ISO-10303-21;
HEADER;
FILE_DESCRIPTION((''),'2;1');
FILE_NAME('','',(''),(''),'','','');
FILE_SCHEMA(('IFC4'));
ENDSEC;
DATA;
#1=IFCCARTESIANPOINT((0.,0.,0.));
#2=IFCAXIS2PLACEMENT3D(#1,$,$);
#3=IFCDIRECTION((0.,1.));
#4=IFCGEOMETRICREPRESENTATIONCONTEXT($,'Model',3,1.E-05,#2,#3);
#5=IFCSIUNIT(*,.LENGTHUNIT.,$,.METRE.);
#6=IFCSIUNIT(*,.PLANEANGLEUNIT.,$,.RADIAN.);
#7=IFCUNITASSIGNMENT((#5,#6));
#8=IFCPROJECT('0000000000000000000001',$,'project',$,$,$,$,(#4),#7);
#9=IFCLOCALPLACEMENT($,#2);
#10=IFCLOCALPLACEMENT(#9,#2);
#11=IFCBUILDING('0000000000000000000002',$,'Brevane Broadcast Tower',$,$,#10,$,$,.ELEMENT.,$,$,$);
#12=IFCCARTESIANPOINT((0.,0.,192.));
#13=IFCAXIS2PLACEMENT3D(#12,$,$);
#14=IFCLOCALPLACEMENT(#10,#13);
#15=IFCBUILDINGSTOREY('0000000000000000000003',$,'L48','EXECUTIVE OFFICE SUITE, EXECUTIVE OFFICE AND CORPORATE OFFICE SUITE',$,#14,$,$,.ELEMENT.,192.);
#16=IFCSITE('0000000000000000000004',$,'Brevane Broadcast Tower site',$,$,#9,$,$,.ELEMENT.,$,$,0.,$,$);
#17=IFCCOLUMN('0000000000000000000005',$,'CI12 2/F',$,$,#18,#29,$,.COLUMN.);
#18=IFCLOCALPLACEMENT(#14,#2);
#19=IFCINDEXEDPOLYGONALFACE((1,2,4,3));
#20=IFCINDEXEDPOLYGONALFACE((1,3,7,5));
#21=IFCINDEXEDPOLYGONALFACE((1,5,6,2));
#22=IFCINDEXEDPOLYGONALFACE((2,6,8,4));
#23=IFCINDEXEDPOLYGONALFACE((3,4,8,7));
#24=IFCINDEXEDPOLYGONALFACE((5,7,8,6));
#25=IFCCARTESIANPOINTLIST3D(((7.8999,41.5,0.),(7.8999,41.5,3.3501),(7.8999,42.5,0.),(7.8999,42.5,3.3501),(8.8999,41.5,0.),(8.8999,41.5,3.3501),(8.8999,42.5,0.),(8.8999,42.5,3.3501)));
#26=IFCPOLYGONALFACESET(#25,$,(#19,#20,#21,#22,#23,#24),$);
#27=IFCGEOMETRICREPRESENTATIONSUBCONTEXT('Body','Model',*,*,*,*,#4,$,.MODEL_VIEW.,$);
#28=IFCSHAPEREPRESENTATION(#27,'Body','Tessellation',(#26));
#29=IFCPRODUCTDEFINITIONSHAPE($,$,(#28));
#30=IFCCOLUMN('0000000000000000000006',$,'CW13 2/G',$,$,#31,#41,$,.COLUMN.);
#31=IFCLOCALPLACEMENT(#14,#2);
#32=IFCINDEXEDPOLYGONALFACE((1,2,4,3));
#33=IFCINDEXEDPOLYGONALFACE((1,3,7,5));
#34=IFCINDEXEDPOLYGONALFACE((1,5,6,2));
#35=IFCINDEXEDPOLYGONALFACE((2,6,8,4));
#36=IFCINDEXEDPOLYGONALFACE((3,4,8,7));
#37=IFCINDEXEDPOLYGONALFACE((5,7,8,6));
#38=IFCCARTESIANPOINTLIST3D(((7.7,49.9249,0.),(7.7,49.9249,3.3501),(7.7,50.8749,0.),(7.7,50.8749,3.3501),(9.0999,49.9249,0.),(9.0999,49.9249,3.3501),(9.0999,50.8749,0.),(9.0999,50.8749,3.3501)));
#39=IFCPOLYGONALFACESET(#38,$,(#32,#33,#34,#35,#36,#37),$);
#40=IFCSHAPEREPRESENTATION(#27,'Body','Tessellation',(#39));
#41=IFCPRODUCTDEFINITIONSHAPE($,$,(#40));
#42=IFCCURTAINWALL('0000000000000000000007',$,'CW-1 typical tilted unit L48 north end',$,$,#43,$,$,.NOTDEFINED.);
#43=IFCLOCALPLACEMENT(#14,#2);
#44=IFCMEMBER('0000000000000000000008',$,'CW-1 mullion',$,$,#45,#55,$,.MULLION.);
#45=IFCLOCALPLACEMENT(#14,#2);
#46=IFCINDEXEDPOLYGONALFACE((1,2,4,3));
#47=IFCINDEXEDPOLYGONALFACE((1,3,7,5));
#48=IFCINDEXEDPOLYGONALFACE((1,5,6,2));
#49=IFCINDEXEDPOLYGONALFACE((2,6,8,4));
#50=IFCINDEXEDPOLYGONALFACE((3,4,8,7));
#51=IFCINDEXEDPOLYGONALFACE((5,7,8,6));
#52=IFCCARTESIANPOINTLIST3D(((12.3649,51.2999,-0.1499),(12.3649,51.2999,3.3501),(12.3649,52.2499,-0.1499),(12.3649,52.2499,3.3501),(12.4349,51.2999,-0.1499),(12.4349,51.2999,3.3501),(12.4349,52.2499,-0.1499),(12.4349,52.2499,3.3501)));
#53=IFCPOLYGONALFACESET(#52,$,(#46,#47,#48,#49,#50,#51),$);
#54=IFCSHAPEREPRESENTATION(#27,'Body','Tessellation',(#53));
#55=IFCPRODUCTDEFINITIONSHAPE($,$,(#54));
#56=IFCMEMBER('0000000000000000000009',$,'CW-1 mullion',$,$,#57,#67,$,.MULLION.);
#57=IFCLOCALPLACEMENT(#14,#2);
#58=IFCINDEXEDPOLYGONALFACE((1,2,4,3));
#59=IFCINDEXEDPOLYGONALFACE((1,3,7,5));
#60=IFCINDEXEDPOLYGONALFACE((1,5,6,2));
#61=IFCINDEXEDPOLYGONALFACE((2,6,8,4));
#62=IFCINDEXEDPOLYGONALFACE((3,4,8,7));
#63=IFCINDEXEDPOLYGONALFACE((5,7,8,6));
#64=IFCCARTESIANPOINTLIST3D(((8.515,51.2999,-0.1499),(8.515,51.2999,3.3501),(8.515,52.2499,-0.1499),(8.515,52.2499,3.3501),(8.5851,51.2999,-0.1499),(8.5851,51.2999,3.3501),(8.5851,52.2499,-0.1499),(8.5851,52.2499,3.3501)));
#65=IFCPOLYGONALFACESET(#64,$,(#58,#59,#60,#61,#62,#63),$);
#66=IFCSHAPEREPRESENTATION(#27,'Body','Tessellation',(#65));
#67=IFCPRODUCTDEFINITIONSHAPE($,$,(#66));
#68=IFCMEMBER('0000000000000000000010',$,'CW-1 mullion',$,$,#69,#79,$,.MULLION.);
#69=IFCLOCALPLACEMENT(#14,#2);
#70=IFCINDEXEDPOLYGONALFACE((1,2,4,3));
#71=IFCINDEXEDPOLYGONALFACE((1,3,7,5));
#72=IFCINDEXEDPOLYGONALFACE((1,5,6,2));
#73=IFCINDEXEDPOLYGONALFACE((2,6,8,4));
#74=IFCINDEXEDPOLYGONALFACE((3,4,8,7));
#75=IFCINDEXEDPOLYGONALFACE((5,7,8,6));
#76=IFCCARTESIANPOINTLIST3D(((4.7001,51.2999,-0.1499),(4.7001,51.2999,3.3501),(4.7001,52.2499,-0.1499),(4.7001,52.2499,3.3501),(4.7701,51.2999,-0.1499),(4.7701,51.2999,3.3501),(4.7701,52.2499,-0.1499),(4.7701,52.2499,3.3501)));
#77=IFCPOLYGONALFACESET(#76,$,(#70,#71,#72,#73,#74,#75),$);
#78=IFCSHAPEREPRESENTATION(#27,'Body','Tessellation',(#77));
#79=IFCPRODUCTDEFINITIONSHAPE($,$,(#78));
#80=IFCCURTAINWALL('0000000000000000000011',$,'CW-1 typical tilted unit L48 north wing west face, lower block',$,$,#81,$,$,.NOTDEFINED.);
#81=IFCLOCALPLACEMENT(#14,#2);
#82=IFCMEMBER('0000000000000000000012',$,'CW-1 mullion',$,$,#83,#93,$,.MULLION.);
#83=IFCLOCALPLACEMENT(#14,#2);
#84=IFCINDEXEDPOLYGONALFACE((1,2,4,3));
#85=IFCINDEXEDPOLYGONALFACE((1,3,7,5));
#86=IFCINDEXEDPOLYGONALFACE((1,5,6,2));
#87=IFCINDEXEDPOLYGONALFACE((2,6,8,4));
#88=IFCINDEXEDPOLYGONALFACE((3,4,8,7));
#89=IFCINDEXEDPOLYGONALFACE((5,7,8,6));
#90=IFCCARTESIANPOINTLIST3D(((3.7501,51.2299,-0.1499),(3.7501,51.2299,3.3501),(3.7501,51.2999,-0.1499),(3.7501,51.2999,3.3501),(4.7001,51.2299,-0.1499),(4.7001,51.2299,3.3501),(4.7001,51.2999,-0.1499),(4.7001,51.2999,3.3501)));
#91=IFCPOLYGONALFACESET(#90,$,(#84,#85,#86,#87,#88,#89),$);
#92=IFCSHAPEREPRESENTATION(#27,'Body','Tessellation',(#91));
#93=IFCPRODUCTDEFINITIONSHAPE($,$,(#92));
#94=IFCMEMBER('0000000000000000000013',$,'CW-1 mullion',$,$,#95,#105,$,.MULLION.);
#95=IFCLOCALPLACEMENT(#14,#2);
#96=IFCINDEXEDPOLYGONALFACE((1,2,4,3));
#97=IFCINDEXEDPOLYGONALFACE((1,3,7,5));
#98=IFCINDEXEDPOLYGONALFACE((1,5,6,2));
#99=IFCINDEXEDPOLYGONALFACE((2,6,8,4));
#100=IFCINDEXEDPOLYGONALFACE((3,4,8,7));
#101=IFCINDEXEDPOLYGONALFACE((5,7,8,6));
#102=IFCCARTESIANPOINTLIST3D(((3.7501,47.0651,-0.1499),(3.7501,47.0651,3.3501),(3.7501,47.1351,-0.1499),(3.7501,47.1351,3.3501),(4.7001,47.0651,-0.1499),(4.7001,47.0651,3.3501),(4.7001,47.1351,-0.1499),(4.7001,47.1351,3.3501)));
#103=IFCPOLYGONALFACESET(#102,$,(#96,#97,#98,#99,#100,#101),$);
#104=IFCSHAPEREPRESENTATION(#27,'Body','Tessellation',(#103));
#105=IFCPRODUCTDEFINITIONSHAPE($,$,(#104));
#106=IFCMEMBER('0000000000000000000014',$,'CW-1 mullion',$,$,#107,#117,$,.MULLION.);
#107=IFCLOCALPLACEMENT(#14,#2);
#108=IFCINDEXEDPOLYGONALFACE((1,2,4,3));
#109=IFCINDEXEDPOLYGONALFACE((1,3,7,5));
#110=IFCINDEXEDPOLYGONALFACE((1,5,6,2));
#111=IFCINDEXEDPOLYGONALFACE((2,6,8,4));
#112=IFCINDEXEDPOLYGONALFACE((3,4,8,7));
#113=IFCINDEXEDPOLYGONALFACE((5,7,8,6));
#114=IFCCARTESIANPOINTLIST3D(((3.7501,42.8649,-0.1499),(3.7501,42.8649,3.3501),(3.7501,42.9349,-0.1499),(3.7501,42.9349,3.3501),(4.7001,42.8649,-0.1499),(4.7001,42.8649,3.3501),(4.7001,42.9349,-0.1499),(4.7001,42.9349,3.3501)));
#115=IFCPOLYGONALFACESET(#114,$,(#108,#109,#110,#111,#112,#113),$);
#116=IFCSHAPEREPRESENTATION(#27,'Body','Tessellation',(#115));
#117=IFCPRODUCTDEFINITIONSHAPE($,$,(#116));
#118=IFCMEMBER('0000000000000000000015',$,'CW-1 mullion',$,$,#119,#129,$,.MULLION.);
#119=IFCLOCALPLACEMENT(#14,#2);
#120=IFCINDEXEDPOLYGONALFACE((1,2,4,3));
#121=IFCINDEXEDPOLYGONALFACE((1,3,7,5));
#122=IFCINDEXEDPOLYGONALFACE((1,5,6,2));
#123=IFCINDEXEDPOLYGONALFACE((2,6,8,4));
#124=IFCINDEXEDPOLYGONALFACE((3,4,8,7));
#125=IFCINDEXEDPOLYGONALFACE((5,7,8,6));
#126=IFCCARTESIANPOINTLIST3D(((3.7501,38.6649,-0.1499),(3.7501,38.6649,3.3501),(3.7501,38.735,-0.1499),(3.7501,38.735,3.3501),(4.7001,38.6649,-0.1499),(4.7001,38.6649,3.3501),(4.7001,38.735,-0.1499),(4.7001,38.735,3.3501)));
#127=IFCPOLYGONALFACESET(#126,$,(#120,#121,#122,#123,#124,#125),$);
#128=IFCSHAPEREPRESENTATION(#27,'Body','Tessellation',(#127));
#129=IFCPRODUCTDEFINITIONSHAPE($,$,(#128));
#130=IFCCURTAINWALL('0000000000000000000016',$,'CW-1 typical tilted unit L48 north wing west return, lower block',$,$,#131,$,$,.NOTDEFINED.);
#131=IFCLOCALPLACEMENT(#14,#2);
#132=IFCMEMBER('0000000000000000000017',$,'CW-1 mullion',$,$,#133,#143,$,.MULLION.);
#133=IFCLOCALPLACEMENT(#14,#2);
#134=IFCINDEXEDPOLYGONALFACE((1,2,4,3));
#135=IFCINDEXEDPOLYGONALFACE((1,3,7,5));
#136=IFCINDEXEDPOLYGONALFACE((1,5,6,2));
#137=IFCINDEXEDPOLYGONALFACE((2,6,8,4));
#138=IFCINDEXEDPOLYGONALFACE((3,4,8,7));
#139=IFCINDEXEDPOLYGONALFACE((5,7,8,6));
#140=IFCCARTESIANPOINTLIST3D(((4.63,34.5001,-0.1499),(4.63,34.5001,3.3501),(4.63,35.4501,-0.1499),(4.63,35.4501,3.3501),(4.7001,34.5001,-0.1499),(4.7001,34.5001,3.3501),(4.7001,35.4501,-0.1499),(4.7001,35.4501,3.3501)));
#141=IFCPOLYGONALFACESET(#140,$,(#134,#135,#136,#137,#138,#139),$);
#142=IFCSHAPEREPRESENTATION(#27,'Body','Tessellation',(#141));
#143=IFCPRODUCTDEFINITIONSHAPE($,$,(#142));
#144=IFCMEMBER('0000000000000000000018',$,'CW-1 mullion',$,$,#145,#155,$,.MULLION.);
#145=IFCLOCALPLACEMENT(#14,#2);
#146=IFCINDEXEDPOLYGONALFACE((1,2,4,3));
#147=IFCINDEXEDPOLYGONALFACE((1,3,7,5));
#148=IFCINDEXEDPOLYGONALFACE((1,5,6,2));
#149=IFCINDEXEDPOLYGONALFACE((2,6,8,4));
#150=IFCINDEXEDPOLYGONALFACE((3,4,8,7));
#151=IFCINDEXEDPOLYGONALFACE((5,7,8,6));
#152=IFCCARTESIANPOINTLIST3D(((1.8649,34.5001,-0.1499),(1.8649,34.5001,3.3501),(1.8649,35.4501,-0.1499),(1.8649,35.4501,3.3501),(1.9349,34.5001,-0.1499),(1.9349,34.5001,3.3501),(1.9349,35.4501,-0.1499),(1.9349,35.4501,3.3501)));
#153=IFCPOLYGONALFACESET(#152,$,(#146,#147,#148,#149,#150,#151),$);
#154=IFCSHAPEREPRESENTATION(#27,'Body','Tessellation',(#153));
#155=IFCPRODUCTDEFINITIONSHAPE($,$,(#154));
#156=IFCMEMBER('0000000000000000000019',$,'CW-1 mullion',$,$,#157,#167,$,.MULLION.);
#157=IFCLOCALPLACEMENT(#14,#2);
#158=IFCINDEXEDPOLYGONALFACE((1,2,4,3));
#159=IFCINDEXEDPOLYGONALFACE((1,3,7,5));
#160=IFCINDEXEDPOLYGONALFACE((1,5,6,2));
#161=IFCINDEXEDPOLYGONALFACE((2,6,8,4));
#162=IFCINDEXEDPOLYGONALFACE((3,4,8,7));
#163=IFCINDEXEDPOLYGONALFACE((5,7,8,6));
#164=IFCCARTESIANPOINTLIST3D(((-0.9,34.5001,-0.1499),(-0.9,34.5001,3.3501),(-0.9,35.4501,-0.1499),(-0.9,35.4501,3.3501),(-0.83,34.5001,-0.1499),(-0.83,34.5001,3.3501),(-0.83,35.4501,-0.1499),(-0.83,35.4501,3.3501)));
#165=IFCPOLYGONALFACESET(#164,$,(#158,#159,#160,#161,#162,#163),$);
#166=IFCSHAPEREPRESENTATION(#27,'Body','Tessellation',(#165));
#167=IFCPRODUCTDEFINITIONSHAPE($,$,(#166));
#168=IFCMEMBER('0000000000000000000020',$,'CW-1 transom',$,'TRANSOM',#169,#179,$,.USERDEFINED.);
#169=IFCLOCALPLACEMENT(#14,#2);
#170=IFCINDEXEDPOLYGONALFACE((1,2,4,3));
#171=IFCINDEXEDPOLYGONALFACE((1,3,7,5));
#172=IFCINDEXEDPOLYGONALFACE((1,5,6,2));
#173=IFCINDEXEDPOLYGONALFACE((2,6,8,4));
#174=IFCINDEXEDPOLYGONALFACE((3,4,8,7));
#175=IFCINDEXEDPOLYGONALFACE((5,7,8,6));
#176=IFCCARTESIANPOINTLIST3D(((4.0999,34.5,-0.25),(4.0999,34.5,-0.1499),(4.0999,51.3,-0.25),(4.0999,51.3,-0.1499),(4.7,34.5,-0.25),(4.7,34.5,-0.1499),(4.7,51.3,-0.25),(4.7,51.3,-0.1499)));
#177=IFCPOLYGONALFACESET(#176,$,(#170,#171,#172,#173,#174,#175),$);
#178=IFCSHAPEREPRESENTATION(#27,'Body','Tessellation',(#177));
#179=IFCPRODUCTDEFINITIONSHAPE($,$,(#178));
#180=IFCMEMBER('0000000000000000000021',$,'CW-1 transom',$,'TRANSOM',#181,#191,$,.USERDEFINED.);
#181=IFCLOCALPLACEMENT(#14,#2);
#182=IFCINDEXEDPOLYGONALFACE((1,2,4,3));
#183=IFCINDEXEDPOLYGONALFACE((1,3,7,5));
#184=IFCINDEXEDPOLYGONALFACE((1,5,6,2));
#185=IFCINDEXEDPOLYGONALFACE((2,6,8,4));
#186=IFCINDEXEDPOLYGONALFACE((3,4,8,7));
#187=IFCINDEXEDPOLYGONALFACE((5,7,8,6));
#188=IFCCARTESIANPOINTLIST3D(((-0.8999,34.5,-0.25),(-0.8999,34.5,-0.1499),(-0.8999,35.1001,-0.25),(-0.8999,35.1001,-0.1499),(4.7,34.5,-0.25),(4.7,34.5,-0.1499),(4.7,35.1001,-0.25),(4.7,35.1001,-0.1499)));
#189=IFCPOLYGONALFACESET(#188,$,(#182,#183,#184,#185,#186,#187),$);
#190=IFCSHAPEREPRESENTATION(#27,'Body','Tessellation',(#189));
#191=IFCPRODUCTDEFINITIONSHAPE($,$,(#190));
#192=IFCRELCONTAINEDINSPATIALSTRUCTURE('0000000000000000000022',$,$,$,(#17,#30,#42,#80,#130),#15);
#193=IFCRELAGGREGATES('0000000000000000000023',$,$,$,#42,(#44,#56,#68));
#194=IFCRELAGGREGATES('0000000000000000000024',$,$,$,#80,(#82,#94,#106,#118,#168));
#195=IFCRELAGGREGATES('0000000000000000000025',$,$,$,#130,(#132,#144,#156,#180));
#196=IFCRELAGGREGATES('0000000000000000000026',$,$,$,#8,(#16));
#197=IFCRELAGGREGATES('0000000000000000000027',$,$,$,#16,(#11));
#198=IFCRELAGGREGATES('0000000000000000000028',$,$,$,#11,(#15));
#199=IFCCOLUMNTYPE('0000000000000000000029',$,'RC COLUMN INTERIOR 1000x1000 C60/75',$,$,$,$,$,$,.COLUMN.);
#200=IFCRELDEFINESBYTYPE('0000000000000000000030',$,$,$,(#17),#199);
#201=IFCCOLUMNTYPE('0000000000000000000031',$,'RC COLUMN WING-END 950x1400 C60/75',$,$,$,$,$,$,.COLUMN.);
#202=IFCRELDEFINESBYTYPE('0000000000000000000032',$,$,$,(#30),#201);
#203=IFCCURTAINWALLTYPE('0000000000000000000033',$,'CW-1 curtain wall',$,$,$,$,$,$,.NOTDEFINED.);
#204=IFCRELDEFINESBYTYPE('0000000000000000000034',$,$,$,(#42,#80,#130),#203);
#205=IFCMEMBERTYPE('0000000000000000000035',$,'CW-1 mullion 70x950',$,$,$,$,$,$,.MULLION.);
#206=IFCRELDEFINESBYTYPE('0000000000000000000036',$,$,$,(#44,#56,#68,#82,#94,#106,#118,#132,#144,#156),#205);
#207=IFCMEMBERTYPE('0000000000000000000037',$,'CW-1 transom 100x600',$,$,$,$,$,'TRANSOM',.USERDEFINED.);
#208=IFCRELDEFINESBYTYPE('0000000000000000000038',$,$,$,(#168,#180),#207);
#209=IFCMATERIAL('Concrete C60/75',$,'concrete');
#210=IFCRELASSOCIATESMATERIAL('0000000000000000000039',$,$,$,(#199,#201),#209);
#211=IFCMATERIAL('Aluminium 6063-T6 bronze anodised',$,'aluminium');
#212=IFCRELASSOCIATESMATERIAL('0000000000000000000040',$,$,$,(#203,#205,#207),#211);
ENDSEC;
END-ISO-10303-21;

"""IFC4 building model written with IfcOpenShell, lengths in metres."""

from ifc_helpers import new_model, si_unit, direction, frame, origin, origin_2d, place, context, subcontext, project, spatial, rectangle, extrude, material, material_profile, profile_set, type_object, element, aggregate, save


model = new_model("IFC4")

# Units and contexts
model_context = context("Model", 3, precision=1e-05, world=origin(), true_north=direction((0.0, 1.0)))
body_context = subcontext(model_context, "Body", "Model", "MODEL_VIEW")
ifc_project = project(units=[si_unit("LENGTHUNIT", "METRE"), si_unit("PLANEANGLEUNIT", "RADIAN")], contexts=[model_context])

# Site, building, storey
site_placement = place(None, origin())
site = spatial("IfcSite", under=ifc_project, at=site_placement, Name="Brevane Broadcast Tower site", CompositionType="ELEMENT", RefElevation=0.0)
building_placement = place(site_placement, origin())
building = spatial("IfcBuilding", under=site, at=building_placement, Name="Brevane Broadcast Tower", CompositionType="ELEMENT")
storey_placement = place(building_placement, frame((0.0, 0.0, 192.0)))
storey = spatial("IfcBuildingStorey", under=building, at=storey_placement, Name="L48", Description="EXECUTIVE OFFICE SUITE, EXECUTIVE OFFICE AND CORPORATE OFFICE SUITE", CompositionType="ELEMENT", Elevation=192.0)

# Columns
ifc_material_1 = material(Name="Concrete C60/75", Category="concrete")
ifc_material_profile_1 = material_profile(ifc_material_1, rectangle(XDim=1.0, YDim=1.0, at=origin_2d()), Name="RC 1000x1000")
ifc_profile_set_1 = profile_set([ifc_material_profile_1], Name="Concrete C60/75")
column_type_1 = type_object("IfcColumnType", Name="RC COLUMN INTERIOR 1000x1000 C60/75", PredefinedType="COLUMN", material=ifc_profile_set_1)
column_1_placement = place(storey_placement, frame((8.3999, 42.0, 0.0), z_axis=(0.0, 0.0, 1.0), x_axis=(1.0, 0.0, 0.0)))
element("IfcColumn", 1, at=column_1_placement, inside=storey, type_object=column_type_1, Name="CI12 2/F", PredefinedType="COLUMN", context=body_context, shape_type="SweptSolid", body=[
    extrude(rectangle(XDim=1.0, YDim=1.0, at=origin_2d()), origin(), (0.0, 0.0, 1.0), 3.3501),
])
ifc_material_profile_2 = material_profile(ifc_material_1, rectangle(XDim=0.95, YDim=1.3999, at=origin_2d()), Name="RC 950x1400")
ifc_profile_set_2 = profile_set([ifc_material_profile_2], Name="Concrete C60/75")
column_type_2 = type_object("IfcColumnType", Name="RC COLUMN WING-END 950x1400 C60/75", PredefinedType="COLUMN", material=ifc_profile_set_2)
column_2_placement = place(storey_placement, frame((8.3999, 50.3999, 0.0), z_axis=(0.0, 0.0, 1.0), x_axis=(0.0, 1.0, 0.0)))
element("IfcColumn", 2, at=column_2_placement, inside=storey, type_object=column_type_2, Name="CW13 2/G", PredefinedType="COLUMN", context=body_context, shape_type="SweptSolid", body=[
    extrude(rectangle(XDim=0.95, YDim=1.3999, at=origin_2d()), origin(), (0.0, 0.0, 1.0), 3.3501),
])

# Curtain walls, members
ifc_material_2 = material(Name="Aluminium 6063-T6 bronze anodised", Category="aluminium")
curtain_wall_type = type_object("IfcCurtainWallType", Name="CW-1 curtain wall", PredefinedType="NOTDEFINED", material=ifc_material_2)
curtain_wall_1_placement = place(storey_placement, origin())
curtain_wall_1 = element("IfcCurtainWall", 3, at=curtain_wall_1_placement, inside=storey, type_object=curtain_wall_type, Name="CW-1 typical tilted unit L48 north end", PredefinedType="NOTDEFINED")
ifc_material_profile_3 = material_profile(ifc_material_2, rectangle(XDim=0.95, YDim=0.0701, at=origin_2d()), Name="RECT 70x950")
ifc_profile_set_3 = profile_set([ifc_material_profile_3], Name="Aluminium 6063-T6 bronze anodised")
member_type_1 = type_object("IfcMemberType", Name="CW-1 mullion 70x950", PredefinedType="MULLION", material=ifc_profile_set_3)
member_1_placement = place(storey_placement, frame((12.3999, 51.7749, -0.1499), z_axis=(0.0, 0.0, 1.0), x_axis=(0.0, -1.0, 0.0)))
member_1 = element("IfcMember", 4, at=member_1_placement, type_object=member_type_1, Name="CW-1 mullion", PredefinedType="MULLION", context=body_context, shape_type="SweptSolid", body=[
    extrude(rectangle(XDim=0.95, YDim=0.0701, at=origin_2d()), origin(), (0.0, 0.0, 1.0), 3.5),
])
member_2_placement = place(storey_placement, frame((8.55, 51.7749, -0.1499), z_axis=(0.0, 0.0, 1.0), x_axis=(0.0, -1.0, 0.0)))
member_2 = element("IfcMember", 5, at=member_2_placement, type_object=member_type_1, Name="CW-1 mullion", PredefinedType="MULLION", context=body_context, shape_type="SweptSolid", body=[
    extrude(rectangle(XDim=0.95, YDim=0.0701, at=origin_2d()), origin(), (0.0, 0.0, 1.0), 3.5),
])
member_3_placement = place(storey_placement, frame((4.7351, 51.7749, -0.1499), z_axis=(0.0, 0.0, 1.0), x_axis=(0.0, -1.0, 0.0)))
member_3 = element("IfcMember", 6, at=member_3_placement, type_object=member_type_1, Name="CW-1 mullion", PredefinedType="MULLION", context=body_context, shape_type="SweptSolid", body=[
    extrude(rectangle(XDim=0.95, YDim=0.0701, at=origin_2d()), origin(), (0.0, 0.0, 1.0), 3.5),
])
aggregate(curtain_wall_1, [member_1, member_2, member_3])
curtain_wall_2_placement = place(storey_placement, origin())
curtain_wall_2 = element("IfcCurtainWall", 7, at=curtain_wall_2_placement, inside=storey, type_object=curtain_wall_type, Name="CW-1 typical tilted unit L48 north wing west face, lower block", PredefinedType="NOTDEFINED")
member_4_placement = place(storey_placement, frame((4.2251, 51.2649, -0.1499), z_axis=(0.0, 0.0, 1.0), x_axis=(1.0, 0.0, 0.0)))
member_4 = element("IfcMember", 8, at=member_4_placement, type_object=member_type_1, Name="CW-1 mullion", PredefinedType="MULLION", context=body_context, shape_type="SweptSolid", body=[
    extrude(rectangle(XDim=0.95, YDim=0.0701, at=origin_2d()), origin(), (0.0, 0.0, 1.0), 3.5),
])
member_5_placement = place(storey_placement, frame((4.2251, 47.1001, -0.1499), z_axis=(0.0, 0.0, 1.0), x_axis=(1.0, 0.0, 0.0)))
member_5 = element("IfcMember", 9, at=member_5_placement, type_object=member_type_1, Name="CW-1 mullion", PredefinedType="MULLION", context=body_context, shape_type="SweptSolid", body=[
    extrude(rectangle(XDim=0.95, YDim=0.0701, at=origin_2d()), origin(), (0.0, 0.0, 1.0), 3.5),
])
member_6_placement = place(storey_placement, frame((4.2251, 42.8999, -0.1499), z_axis=(0.0, 0.0, 1.0), x_axis=(1.0, 0.0, 0.0)))
member_6 = element("IfcMember", 10, at=member_6_placement, type_object=member_type_1, Name="CW-1 mullion", PredefinedType="MULLION", context=body_context, shape_type="SweptSolid", body=[
    extrude(rectangle(XDim=0.95, YDim=0.0701, at=origin_2d()), origin(), (0.0, 0.0, 1.0), 3.5),
])
member_7_placement = place(storey_placement, frame((4.2251, 38.7, -0.1499), z_axis=(0.0, 0.0, 1.0), x_axis=(1.0, 0.0, 0.0)))
member_7 = element("IfcMember", 11, at=member_7_placement, type_object=member_type_1, Name="CW-1 mullion", PredefinedType="MULLION", context=body_context, shape_type="SweptSolid", body=[
    extrude(rectangle(XDim=0.95, YDim=0.0701, at=origin_2d()), origin(), (0.0, 0.0, 1.0), 3.5),
])
curtain_wall_3_placement = place(storey_placement, origin())
curtain_wall_3 = element("IfcCurtainWall", 12, at=curtain_wall_3_placement, inside=storey, type_object=curtain_wall_type, Name="CW-1 typical tilted unit L48 north wing west return, lower block", PredefinedType="NOTDEFINED")
member_8_placement = place(storey_placement, frame((4.665, 34.9751, -0.1499), z_axis=(0.0, 0.0, 1.0), x_axis=(0.0, -1.0, 0.0)))
member_8 = element("IfcMember", 13, at=member_8_placement, type_object=member_type_1, Name="CW-1 mullion", PredefinedType="MULLION", context=body_context, shape_type="SweptSolid", body=[
    extrude(rectangle(XDim=0.95, YDim=0.0701, at=origin_2d()), origin(), (0.0, 0.0, 1.0), 3.5),
])
member_9_placement = place(storey_placement, frame((1.8999, 34.9751, -0.1499), z_axis=(0.0, 0.0, 1.0), x_axis=(0.0, -1.0, 0.0)))
member_9 = element("IfcMember", 14, at=member_9_placement, type_object=member_type_1, Name="CW-1 mullion", PredefinedType="MULLION", context=body_context, shape_type="SweptSolid", body=[
    extrude(rectangle(XDim=0.95, YDim=0.0701, at=origin_2d()), origin(), (0.0, 0.0, 1.0), 3.5),
])
member_10_placement = place(storey_placement, frame((-0.865, 34.9751, -0.1499), z_axis=(0.0, 0.0, 1.0), x_axis=(0.0, -1.0, 0.0)))
member_10 = element("IfcMember", 15, at=member_10_placement, type_object=member_type_1, Name="CW-1 mullion", PredefinedType="MULLION", context=body_context, shape_type="SweptSolid", body=[
    extrude(rectangle(XDim=0.95, YDim=0.0701, at=origin_2d()), origin(), (0.0, 0.0, 1.0), 3.5),
])

# Members
ifc_material_profile_4 = material_profile(ifc_material_2, rectangle(XDim=0.6001, YDim=0.1001, at=origin_2d()), Name="RECT 100x600")
ifc_profile_set_4 = profile_set([ifc_material_profile_4], Name="Aluminium 6063-T6 bronze anodised")
member_type_2 = type_object("IfcMemberType", Name="CW-1 transom 100x600", ElementType="TRANSOM", PredefinedType="USERDEFINED", material=ifc_profile_set_4)
member_11_placement = place(storey_placement, frame((4.3999, 51.3, -0.2), z_axis=(0.0, -1.0, 0.0), x_axis=(1.0, 0.0, 0.0)))
member_11 = element("IfcMember", 16, at=member_11_placement, type_object=member_type_2, Name="CW-1 transom", ObjectType="TRANSOM", PredefinedType="USERDEFINED", context=body_context, shape_type="SweptSolid", body=[
    extrude(rectangle(XDim=0.6001, YDim=0.1001, at=origin_2d()), origin(), (0.0, 0.0, 1.0), 16.8),
])
aggregate(curtain_wall_2, [member_4, member_5, member_6, member_7, member_11])
member_12_placement = place(storey_placement, frame((4.7, 34.8, -0.2), z_axis=(-1.0, 0.0, 0.0), x_axis=(0.0, -1.0, 0.0)))
member_12 = element("IfcMember", 17, at=member_12_placement, type_object=member_type_2, Name="CW-1 transom", ObjectType="TRANSOM", PredefinedType="USERDEFINED", context=body_context, shape_type="SweptSolid", body=[
    extrude(rectangle(XDim=0.6001, YDim=0.1001, at=origin_2d()), origin(), (0.0, 0.0, 1.0), 5.5999),
])
aggregate(curtain_wall_3, [member_8, member_9, member_10, member_12])

save(model, "model.ifc")
